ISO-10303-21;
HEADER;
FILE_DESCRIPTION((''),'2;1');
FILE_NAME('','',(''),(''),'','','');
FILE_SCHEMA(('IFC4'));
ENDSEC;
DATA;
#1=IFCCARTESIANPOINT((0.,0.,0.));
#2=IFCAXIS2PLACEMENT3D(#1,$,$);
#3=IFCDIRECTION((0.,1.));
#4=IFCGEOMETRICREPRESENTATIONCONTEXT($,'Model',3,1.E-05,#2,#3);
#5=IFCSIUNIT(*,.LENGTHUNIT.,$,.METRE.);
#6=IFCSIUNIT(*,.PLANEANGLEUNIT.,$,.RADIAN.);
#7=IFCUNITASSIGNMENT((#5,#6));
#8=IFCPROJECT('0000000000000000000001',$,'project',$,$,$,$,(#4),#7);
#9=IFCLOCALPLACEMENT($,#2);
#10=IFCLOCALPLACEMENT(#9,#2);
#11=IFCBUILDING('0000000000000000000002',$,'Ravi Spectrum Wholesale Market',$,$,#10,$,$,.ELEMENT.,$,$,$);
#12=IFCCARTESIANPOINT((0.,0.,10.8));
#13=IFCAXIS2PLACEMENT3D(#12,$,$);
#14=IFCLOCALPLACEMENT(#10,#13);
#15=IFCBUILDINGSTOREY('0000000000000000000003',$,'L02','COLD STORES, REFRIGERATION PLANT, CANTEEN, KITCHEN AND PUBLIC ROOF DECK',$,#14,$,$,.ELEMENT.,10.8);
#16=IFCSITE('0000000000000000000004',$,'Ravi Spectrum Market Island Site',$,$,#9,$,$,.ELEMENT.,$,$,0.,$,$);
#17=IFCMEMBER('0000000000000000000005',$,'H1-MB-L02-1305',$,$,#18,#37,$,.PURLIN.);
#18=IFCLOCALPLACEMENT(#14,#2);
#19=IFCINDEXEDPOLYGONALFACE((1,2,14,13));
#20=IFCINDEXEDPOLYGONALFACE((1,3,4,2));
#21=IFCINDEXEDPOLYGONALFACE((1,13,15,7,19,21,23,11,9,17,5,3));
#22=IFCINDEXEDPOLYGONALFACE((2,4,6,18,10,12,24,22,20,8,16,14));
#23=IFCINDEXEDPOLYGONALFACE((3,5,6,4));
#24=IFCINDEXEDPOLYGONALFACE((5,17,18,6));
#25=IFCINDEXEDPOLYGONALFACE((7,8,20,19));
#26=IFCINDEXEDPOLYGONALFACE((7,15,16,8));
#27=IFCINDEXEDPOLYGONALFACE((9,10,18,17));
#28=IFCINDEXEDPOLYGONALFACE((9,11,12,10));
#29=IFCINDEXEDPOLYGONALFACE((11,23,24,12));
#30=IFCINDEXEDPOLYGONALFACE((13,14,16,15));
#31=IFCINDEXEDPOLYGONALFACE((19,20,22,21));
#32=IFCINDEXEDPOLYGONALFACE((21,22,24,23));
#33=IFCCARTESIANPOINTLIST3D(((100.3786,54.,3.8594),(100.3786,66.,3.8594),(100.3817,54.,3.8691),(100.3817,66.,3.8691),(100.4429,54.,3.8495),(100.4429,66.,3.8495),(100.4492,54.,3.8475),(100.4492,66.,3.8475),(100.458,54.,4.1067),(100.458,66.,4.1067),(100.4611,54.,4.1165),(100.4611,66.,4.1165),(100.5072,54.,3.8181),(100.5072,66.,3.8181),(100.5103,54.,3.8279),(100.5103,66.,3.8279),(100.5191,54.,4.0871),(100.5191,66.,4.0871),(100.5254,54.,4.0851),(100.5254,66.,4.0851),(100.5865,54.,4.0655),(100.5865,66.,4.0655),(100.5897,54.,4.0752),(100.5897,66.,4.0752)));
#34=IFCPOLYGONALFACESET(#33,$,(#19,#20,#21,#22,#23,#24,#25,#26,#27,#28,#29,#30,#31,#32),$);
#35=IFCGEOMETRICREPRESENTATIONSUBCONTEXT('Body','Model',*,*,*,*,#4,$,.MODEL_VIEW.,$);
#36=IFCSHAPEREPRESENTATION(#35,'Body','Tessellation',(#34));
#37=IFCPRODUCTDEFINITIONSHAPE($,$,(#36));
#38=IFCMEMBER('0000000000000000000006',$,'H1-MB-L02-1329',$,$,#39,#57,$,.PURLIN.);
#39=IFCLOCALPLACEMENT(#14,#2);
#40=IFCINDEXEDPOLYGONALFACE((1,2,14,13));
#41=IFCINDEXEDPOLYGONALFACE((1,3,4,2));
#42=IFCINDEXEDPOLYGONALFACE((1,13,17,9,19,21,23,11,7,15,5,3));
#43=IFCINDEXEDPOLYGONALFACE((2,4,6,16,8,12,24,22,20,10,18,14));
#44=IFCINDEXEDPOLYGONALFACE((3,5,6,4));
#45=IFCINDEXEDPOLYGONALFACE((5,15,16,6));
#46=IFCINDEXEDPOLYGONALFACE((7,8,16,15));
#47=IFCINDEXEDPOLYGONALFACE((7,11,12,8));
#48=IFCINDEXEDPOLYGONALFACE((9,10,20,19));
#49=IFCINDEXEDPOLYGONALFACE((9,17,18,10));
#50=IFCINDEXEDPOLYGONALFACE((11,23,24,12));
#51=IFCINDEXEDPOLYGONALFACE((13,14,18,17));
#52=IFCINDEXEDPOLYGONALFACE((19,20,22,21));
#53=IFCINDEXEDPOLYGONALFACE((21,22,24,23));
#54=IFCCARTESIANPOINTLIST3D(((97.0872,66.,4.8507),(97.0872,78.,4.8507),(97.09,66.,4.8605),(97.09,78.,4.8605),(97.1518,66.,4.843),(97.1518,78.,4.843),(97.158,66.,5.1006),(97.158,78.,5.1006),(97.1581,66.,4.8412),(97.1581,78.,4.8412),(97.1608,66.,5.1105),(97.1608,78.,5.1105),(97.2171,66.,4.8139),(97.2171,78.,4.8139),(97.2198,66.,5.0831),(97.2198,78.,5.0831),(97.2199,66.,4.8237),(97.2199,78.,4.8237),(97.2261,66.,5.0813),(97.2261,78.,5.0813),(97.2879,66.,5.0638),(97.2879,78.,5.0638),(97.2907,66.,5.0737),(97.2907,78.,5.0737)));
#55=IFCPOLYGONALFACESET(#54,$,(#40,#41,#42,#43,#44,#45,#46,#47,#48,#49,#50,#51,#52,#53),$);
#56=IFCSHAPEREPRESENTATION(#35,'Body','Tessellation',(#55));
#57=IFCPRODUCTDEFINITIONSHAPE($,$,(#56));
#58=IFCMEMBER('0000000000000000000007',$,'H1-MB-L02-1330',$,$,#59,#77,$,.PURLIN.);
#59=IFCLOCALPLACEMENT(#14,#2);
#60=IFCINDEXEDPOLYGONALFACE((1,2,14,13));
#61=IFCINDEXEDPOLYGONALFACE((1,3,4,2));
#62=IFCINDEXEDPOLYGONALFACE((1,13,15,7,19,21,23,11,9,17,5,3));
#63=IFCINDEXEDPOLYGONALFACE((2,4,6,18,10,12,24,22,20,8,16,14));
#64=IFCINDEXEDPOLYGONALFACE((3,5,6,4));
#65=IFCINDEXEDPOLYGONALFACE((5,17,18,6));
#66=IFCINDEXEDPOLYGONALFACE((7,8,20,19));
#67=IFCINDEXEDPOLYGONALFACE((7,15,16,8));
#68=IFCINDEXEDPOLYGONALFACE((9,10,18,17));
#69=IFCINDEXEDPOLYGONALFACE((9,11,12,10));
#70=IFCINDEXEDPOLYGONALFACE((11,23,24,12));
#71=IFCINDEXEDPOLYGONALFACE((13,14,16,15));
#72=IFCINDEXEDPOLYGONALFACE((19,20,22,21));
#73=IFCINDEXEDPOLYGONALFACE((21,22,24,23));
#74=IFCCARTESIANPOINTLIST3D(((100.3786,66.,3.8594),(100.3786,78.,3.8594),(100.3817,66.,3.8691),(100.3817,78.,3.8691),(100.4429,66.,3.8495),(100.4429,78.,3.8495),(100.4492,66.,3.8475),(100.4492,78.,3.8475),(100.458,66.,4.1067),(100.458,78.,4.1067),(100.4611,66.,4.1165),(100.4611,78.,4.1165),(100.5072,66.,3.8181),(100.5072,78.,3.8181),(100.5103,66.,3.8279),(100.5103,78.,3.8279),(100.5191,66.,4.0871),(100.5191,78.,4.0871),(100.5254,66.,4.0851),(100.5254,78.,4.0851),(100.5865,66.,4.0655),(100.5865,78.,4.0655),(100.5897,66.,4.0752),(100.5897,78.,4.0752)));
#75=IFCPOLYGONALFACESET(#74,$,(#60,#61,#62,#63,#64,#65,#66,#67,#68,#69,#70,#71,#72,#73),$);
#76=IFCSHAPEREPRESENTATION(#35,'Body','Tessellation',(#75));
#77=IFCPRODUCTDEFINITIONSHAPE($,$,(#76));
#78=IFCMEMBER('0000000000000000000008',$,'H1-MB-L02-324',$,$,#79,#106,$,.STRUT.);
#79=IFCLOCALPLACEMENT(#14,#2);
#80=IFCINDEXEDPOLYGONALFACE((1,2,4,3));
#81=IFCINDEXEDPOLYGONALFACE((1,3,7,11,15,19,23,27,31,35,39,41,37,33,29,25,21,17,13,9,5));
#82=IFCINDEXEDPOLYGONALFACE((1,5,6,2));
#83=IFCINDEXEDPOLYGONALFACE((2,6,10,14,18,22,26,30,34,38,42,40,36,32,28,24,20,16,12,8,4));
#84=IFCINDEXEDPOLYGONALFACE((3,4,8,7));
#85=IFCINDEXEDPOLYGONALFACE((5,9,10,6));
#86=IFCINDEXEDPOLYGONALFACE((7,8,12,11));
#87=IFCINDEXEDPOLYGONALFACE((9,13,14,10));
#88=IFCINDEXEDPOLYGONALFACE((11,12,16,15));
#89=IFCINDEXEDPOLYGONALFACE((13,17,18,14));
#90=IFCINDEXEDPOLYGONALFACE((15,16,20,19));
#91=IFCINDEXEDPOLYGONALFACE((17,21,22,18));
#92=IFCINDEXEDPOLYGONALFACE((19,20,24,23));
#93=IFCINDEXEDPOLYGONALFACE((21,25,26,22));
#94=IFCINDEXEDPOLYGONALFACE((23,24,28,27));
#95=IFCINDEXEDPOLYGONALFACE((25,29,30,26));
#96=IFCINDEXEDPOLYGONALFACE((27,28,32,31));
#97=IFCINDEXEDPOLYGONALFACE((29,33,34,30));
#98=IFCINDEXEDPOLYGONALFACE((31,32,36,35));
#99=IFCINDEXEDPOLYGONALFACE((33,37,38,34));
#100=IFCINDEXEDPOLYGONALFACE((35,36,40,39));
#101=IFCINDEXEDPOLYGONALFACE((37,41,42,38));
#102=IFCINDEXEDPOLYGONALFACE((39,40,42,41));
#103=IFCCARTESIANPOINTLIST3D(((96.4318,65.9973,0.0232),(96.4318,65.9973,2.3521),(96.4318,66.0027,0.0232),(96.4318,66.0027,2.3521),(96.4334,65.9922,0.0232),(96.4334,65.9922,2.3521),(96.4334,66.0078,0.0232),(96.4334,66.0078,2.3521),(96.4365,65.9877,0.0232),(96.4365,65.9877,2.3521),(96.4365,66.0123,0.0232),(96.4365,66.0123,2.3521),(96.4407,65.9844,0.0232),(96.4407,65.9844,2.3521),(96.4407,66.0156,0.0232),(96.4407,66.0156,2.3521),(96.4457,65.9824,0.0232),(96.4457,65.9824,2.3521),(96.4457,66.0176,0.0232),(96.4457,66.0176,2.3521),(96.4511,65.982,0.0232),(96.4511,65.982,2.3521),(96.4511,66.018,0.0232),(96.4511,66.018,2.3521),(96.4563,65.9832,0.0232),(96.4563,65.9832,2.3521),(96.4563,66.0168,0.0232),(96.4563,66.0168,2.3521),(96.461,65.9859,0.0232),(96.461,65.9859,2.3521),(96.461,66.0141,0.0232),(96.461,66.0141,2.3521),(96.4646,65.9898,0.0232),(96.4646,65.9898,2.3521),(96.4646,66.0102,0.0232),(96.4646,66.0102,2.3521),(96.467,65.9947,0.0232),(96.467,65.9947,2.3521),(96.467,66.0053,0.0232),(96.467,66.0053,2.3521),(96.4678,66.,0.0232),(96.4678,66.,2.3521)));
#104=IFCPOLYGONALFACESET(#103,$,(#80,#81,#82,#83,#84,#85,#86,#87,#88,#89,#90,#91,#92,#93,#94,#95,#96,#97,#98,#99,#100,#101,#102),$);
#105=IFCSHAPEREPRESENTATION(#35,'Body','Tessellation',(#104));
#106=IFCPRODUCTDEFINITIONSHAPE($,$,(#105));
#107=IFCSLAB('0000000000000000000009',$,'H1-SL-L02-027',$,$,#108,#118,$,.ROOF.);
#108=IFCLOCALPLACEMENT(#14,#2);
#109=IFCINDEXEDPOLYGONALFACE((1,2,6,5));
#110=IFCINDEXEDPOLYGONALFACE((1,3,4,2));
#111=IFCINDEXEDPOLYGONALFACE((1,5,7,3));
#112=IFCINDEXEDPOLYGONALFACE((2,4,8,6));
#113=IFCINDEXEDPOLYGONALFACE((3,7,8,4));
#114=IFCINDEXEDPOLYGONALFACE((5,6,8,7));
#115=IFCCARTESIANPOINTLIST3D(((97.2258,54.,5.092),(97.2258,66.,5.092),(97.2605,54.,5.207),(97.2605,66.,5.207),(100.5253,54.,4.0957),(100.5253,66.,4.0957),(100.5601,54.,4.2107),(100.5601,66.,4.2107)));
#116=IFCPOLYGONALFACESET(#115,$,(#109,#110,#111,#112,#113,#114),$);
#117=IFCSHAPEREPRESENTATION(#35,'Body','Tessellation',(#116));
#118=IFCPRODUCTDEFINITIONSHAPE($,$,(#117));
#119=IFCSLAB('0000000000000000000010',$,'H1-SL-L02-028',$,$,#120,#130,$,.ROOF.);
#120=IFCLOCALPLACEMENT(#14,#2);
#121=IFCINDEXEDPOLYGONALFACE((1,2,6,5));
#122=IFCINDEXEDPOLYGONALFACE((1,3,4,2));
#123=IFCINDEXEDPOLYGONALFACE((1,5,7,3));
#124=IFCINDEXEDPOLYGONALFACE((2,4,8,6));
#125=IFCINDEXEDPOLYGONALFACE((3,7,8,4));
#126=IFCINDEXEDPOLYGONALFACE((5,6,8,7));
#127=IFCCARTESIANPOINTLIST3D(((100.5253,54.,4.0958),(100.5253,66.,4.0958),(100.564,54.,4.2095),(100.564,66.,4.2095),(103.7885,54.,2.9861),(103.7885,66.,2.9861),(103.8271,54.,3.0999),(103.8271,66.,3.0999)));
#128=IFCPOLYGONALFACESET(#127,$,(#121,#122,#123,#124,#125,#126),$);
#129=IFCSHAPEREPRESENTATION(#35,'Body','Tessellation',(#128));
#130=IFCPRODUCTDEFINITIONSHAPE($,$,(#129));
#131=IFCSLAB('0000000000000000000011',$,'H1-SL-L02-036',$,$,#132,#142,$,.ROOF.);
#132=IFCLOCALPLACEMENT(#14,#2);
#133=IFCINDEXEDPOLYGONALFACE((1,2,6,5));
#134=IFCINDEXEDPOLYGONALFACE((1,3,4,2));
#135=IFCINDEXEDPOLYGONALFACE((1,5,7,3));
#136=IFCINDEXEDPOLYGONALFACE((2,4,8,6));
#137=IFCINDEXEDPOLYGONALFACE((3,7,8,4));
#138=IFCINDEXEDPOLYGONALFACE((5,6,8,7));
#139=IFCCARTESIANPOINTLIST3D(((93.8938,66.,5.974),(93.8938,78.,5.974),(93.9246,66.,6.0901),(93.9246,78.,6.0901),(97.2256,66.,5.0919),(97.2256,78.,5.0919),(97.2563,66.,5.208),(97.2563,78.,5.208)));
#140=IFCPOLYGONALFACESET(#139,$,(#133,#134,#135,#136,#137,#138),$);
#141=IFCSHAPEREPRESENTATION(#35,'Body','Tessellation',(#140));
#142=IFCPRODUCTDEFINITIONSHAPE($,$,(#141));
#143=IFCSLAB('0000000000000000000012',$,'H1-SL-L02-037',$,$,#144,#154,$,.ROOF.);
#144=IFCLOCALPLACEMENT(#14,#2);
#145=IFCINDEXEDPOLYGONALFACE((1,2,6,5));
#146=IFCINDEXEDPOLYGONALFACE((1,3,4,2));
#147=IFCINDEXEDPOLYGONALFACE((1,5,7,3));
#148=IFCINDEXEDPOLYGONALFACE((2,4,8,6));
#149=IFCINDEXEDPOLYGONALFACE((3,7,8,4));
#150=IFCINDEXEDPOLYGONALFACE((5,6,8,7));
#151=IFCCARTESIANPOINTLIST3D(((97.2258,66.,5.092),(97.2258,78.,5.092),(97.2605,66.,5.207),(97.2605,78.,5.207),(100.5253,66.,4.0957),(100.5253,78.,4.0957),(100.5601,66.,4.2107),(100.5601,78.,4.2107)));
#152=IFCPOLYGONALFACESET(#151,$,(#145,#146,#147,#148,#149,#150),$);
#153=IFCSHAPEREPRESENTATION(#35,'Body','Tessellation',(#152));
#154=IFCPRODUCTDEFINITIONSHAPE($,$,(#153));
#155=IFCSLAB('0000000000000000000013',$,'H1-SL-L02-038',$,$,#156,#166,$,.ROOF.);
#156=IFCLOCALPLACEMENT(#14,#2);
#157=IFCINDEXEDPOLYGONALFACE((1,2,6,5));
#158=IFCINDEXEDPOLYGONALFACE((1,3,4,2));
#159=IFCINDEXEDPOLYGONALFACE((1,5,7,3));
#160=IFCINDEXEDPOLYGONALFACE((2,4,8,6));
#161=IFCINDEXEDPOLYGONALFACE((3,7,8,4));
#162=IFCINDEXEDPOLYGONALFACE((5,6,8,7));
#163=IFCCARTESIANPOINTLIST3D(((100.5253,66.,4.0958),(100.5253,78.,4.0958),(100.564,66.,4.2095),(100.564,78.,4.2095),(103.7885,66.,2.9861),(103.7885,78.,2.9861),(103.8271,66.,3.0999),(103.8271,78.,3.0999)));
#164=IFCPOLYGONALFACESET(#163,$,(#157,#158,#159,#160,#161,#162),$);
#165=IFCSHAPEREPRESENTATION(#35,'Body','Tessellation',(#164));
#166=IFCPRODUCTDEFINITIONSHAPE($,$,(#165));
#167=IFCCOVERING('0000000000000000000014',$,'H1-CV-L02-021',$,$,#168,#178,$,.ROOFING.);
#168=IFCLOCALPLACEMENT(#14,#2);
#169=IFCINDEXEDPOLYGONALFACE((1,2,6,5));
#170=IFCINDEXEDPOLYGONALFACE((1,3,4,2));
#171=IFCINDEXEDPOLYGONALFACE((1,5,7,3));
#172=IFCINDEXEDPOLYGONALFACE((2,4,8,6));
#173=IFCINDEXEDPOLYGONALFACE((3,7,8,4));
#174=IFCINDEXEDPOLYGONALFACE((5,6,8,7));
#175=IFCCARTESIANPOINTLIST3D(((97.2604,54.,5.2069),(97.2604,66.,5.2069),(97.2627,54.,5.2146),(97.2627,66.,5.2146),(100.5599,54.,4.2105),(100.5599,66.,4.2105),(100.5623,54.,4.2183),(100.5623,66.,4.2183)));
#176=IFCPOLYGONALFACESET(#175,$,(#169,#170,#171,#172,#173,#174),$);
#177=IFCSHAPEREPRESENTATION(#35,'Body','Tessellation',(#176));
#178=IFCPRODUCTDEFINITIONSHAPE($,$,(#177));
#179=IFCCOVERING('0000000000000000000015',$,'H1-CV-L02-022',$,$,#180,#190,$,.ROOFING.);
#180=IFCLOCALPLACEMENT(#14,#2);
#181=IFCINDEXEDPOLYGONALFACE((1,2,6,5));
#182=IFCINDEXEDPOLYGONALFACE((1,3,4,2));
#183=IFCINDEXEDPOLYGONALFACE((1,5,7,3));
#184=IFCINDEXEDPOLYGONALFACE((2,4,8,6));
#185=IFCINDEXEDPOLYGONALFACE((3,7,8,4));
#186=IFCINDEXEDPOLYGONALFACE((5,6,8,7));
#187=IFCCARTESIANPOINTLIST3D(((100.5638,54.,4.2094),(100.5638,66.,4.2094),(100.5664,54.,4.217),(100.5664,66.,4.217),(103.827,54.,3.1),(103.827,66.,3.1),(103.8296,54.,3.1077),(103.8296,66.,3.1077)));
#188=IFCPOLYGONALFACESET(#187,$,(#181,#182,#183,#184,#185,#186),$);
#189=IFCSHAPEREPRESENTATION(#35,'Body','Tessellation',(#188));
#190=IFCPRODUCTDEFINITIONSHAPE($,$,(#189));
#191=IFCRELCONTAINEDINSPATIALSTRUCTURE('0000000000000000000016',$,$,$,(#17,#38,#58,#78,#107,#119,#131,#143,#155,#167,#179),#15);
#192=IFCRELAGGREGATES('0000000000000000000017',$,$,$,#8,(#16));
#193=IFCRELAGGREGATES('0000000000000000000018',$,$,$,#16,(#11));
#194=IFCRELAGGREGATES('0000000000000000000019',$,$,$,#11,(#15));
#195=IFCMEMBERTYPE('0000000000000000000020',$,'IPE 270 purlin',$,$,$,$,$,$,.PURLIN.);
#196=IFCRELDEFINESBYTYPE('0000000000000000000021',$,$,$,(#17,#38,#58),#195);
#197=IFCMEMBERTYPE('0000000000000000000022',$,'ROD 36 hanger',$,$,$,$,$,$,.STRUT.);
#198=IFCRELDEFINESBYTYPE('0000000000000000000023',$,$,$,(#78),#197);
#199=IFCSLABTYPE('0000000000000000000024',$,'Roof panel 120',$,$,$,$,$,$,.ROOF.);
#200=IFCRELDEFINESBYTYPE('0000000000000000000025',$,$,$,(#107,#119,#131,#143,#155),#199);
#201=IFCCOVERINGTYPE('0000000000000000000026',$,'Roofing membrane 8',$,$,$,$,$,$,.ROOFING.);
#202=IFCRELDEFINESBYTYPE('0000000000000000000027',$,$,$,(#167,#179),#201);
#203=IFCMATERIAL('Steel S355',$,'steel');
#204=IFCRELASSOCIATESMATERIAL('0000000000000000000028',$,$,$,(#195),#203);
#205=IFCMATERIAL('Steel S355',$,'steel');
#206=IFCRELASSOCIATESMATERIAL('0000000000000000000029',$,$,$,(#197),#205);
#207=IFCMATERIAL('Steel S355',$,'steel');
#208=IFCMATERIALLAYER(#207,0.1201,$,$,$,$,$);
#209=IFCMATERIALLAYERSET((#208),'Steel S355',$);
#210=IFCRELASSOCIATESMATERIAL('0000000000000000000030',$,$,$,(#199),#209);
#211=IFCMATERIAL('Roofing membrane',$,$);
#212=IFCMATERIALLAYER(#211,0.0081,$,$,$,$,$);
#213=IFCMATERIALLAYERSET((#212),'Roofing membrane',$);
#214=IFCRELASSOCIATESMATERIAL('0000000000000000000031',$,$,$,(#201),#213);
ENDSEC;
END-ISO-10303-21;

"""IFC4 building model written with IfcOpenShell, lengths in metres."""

from ifc_helpers import new_model, si_unit, direction, frame, origin, origin_2d, place, context, subcontext, project, spatial, polyline, circle, i_section, outline, extrude, material, layer, layer_set, material_profile, profile_set, type_object, element, save


model = new_model("IFC4")

# Units and contexts
model_context = context("Model", 3, precision=1e-05, world=origin(), true_north=direction((0.0, 1.0)))
body_context = subcontext(model_context, "Body", "Model", "MODEL_VIEW")
ifc_project = project(units=[si_unit("LENGTHUNIT", "METRE"), si_unit("PLANEANGLEUNIT", "RADIAN")], contexts=[model_context])

# Site, building, storey
site_placement = place(None, origin())
site = spatial("IfcSite", under=ifc_project, at=site_placement, Name="Ravi Spectrum Market Island Site", CompositionType="ELEMENT", RefElevation=0.0)
building_placement = place(site_placement, origin())
building = spatial("IfcBuilding", under=site, at=building_placement, Name="Ravi Spectrum Wholesale Market", CompositionType="ELEMENT")
storey_placement = place(building_placement, frame((0.0, 0.0, 10.8)))
storey = spatial("IfcBuildingStorey", under=building, at=storey_placement, Name="L02", Description="COLD STORES, REFRIGERATION PLANT, CANTEEN, KITCHEN AND PUBLIC ROOF DECK", CompositionType="ELEMENT", Elevation=10.8)

# Members
ifc_material_1 = material(Name="Steel S355", Category="steel")
ifc_material_profile_1 = material_profile(ifc_material_1, i_section(OverallWidth=0.135, OverallDepth=0.27, WebThickness=0.0066, FlangeThickness=0.0103, at=origin_2d()))
ifc_profile_set_1 = profile_set([ifc_material_profile_1], Name="Steel S355")
member_type_1 = type_object("IfcMemberType", Name="IPE 270 purlin", PredefinedType="PURLIN", material=ifc_profile_set_1)
for number, where, z_axis, x_axis, name in (
    (1, (100.4841, 54.0, 3.9673), (0.0, 1.0, 0.0), (-0.952184, 0.0, 0.305524), "H1-MB-L02-1305"),
    (2, (97.189, 66.0, 4.9622), (0.0, 1.0, 0.0), (-0.962156, 0.0, 0.272499), "H1-MB-L02-1329"),
    (3, (100.4841, 66.0, 3.9673), (0.0, 1.0, 0.0), (-0.952184, 0.0, 0.305524), "H1-MB-L02-1330"),
):
    element("IfcMember", number, at=place(storey_placement, frame(where, z_axis=z_axis, x_axis=x_axis)), inside=storey, type_object=member_type_1, Name=name, PredefinedType="PURLIN", context=body_context, shape_type="SweptSolid", body=[
        extrude(i_section(OverallWidth=0.135, OverallDepth=0.27, WebThickness=0.0066, FlangeThickness=0.0103, at=origin_2d()), origin(), (0.0, 0.0, 1.0), 12.0),
    ])
ifc_material_2 = material(Name="Steel S355", Category="steel")
ifc_material_profile_2 = material_profile(ifc_material_2, circle(Radius=0.0181, at=origin_2d()))
ifc_profile_set_2 = profile_set([ifc_material_profile_2], Name="Steel S355")
member_type_2 = type_object("IfcMemberType", Name="ROD 36 hanger", PredefinedType="STRUT", material=ifc_profile_set_2)
member_1_placement = place(storey_placement, frame((96.4497, 66.0, 0.0232), z_axis=(0.0, 0.0, 1.0), x_axis=(1.0, 0.0, 0.0)))
element("IfcMember", 4, at=member_1_placement, inside=storey, type_object=member_type_2, Name="H1-MB-L02-324", PredefinedType="STRUT", context=body_context, shape_type="SweptSolid", body=[
    extrude(circle(Radius=0.0181, at=origin_2d()), origin(), (0.0, 0.0, 1.0), 2.3289),
])

# Slabs
ifc_material_3 = material(Name="Steel S355", Category="steel")
ifc_layer_1 = layer(ifc_material_3, 0.1201)
ifc_layer_set_1 = layer_set([ifc_layer_1], Name="Steel S355")
slab_type = type_object("IfcSlabType", Name="Roof panel 120", PredefinedType="ROOF", material=ifc_layer_set_1)
slab_1_placement = place(storey_placement, frame((97.2605, 54.0, 5.207), z_axis=(0.28907, 0.0, 0.957308), x_axis=(0.957308, 0.0, -0.28907)))
element("IfcSlab", 5, at=slab_1_placement, inside=storey, type_object=slab_type, Name="H1-SL-L02-027", PredefinedType="ROOF", context=body_context, shape_type="SweptSolid", body=[
    extrude(outline(polyline([(0.0, 0.0), (3.4467, 0.0), (3.4467, 12.0), (0.0, 12.0), (0.0, 0.0)])), origin(), (0.0, 0.0, -1.0), 0.1201),
])
slab_2_placement = place(storey_placement, frame((100.564, 54.0, 4.2095), z_axis=(0.321938, 0.0, 0.946761), x_axis=(0.946761, 0.0, -0.321938)))
element("IfcSlab", 6, at=slab_2_placement, inside=storey, type_object=slab_type, Name="H1-SL-L02-028", PredefinedType="ROOF", context=body_context, shape_type="SweptSolid", body=[
    extrude(outline(polyline([(0.0, 0.0), (3.4467, 0.0), (3.4467, 12.0), (0.0, 12.0), (0.0, 0.0)])), origin(), (0.0, 0.0, -1.0), 0.1201),
])
slab_3_placement = place(storey_placement, frame((93.9246, 66.0, 6.0901), z_axis=(0.25593, 0.0, 0.966695), x_axis=(0.966695, 0.0, -0.25593)))
element("IfcSlab", 7, at=slab_3_placement, inside=storey, type_object=slab_type, Name="H1-SL-L02-036", PredefinedType="ROOF", context=body_context, shape_type="SweptSolid", body=[
    extrude(outline(polyline([(0.0, 0.0), (3.4466, 0.0), (3.4466, 12.0), (0.0, 12.0), (0.0, 0.0)])), origin(), (0.0, 0.0, -1.0), 0.1201),
])
slab_4_placement = place(storey_placement, frame((97.2605, 66.0, 5.207), z_axis=(0.28907, 0.0, 0.957308), x_axis=(0.957308, 0.0, -0.28907)))
element("IfcSlab", 8, at=slab_4_placement, inside=storey, type_object=slab_type, Name="H1-SL-L02-037", PredefinedType="ROOF", context=body_context, shape_type="SweptSolid", body=[
    extrude(outline(polyline([(0.0, 0.0), (3.4467, 0.0), (3.4467, 12.0), (0.0, 12.0), (0.0, 0.0)])), origin(), (0.0, 0.0, -1.0), 0.1201),
])
slab_5_placement = place(storey_placement, frame((100.564, 66.0, 4.2095), z_axis=(0.321938, 0.0, 0.946761), x_axis=(0.946761, 0.0, -0.321938)))
element("IfcSlab", 9, at=slab_5_placement, inside=storey, type_object=slab_type, Name="H1-SL-L02-038", PredefinedType="ROOF", context=body_context, shape_type="SweptSolid", body=[
    extrude(outline(polyline([(0.0, 0.0), (3.4467, 0.0), (3.4467, 12.0), (0.0, 12.0), (0.0, 0.0)])), origin(), (0.0, 0.0, -1.0), 0.1201),
])

# Coverings
ifc_material_4 = material(Name="Roofing membrane")
ifc_layer_2 = layer(ifc_material_4, 0.0081)
ifc_layer_set_2 = layer_set([ifc_layer_2], Name="Roofing membrane")
covering_type = type_object("IfcCoveringType", Name="Roofing membrane 8", PredefinedType="ROOFING", material=ifc_layer_set_2)
covering_1_placement = place(storey_placement, frame((97.2627, 54.0, 5.2146), z_axis=(0.28907, 0.0, 0.957308), x_axis=(0.957308, 0.0, -0.28907)))
element("IfcCovering", 10, at=covering_1_placement, inside=storey, type_object=covering_type, Name="H1-CV-L02-021", PredefinedType="ROOFING", context=body_context, shape_type="SweptSolid", body=[
    extrude(outline(polyline([(0.0, 0.0), (3.4467, 0.0), (3.4467, 12.0), (0.0, 12.0), (0.0, 0.0)])), origin(), (0.0, 0.0, -1.0), 0.0081),
])
covering_2_placement = place(storey_placement, frame((100.5664, 54.0, 4.217), z_axis=(0.321875, 0.0, 0.946782), x_axis=(0.946782, 0.0, -0.321875)))
element("IfcCovering", 11, at=covering_2_placement, inside=storey, type_object=covering_type, Name="H1-CV-L02-022", PredefinedType="ROOFING", context=body_context, shape_type="SweptSolid", body=[
    extrude(outline(polyline([(0.0, 0.0), (3.4466, 0.0), (3.4466, 12.0), (0.0, 12.0), (0.0, 0.0)])), origin(), (0.0, 0.0, -1.0), 0.0081),
])

save(model, "model.ifc")
